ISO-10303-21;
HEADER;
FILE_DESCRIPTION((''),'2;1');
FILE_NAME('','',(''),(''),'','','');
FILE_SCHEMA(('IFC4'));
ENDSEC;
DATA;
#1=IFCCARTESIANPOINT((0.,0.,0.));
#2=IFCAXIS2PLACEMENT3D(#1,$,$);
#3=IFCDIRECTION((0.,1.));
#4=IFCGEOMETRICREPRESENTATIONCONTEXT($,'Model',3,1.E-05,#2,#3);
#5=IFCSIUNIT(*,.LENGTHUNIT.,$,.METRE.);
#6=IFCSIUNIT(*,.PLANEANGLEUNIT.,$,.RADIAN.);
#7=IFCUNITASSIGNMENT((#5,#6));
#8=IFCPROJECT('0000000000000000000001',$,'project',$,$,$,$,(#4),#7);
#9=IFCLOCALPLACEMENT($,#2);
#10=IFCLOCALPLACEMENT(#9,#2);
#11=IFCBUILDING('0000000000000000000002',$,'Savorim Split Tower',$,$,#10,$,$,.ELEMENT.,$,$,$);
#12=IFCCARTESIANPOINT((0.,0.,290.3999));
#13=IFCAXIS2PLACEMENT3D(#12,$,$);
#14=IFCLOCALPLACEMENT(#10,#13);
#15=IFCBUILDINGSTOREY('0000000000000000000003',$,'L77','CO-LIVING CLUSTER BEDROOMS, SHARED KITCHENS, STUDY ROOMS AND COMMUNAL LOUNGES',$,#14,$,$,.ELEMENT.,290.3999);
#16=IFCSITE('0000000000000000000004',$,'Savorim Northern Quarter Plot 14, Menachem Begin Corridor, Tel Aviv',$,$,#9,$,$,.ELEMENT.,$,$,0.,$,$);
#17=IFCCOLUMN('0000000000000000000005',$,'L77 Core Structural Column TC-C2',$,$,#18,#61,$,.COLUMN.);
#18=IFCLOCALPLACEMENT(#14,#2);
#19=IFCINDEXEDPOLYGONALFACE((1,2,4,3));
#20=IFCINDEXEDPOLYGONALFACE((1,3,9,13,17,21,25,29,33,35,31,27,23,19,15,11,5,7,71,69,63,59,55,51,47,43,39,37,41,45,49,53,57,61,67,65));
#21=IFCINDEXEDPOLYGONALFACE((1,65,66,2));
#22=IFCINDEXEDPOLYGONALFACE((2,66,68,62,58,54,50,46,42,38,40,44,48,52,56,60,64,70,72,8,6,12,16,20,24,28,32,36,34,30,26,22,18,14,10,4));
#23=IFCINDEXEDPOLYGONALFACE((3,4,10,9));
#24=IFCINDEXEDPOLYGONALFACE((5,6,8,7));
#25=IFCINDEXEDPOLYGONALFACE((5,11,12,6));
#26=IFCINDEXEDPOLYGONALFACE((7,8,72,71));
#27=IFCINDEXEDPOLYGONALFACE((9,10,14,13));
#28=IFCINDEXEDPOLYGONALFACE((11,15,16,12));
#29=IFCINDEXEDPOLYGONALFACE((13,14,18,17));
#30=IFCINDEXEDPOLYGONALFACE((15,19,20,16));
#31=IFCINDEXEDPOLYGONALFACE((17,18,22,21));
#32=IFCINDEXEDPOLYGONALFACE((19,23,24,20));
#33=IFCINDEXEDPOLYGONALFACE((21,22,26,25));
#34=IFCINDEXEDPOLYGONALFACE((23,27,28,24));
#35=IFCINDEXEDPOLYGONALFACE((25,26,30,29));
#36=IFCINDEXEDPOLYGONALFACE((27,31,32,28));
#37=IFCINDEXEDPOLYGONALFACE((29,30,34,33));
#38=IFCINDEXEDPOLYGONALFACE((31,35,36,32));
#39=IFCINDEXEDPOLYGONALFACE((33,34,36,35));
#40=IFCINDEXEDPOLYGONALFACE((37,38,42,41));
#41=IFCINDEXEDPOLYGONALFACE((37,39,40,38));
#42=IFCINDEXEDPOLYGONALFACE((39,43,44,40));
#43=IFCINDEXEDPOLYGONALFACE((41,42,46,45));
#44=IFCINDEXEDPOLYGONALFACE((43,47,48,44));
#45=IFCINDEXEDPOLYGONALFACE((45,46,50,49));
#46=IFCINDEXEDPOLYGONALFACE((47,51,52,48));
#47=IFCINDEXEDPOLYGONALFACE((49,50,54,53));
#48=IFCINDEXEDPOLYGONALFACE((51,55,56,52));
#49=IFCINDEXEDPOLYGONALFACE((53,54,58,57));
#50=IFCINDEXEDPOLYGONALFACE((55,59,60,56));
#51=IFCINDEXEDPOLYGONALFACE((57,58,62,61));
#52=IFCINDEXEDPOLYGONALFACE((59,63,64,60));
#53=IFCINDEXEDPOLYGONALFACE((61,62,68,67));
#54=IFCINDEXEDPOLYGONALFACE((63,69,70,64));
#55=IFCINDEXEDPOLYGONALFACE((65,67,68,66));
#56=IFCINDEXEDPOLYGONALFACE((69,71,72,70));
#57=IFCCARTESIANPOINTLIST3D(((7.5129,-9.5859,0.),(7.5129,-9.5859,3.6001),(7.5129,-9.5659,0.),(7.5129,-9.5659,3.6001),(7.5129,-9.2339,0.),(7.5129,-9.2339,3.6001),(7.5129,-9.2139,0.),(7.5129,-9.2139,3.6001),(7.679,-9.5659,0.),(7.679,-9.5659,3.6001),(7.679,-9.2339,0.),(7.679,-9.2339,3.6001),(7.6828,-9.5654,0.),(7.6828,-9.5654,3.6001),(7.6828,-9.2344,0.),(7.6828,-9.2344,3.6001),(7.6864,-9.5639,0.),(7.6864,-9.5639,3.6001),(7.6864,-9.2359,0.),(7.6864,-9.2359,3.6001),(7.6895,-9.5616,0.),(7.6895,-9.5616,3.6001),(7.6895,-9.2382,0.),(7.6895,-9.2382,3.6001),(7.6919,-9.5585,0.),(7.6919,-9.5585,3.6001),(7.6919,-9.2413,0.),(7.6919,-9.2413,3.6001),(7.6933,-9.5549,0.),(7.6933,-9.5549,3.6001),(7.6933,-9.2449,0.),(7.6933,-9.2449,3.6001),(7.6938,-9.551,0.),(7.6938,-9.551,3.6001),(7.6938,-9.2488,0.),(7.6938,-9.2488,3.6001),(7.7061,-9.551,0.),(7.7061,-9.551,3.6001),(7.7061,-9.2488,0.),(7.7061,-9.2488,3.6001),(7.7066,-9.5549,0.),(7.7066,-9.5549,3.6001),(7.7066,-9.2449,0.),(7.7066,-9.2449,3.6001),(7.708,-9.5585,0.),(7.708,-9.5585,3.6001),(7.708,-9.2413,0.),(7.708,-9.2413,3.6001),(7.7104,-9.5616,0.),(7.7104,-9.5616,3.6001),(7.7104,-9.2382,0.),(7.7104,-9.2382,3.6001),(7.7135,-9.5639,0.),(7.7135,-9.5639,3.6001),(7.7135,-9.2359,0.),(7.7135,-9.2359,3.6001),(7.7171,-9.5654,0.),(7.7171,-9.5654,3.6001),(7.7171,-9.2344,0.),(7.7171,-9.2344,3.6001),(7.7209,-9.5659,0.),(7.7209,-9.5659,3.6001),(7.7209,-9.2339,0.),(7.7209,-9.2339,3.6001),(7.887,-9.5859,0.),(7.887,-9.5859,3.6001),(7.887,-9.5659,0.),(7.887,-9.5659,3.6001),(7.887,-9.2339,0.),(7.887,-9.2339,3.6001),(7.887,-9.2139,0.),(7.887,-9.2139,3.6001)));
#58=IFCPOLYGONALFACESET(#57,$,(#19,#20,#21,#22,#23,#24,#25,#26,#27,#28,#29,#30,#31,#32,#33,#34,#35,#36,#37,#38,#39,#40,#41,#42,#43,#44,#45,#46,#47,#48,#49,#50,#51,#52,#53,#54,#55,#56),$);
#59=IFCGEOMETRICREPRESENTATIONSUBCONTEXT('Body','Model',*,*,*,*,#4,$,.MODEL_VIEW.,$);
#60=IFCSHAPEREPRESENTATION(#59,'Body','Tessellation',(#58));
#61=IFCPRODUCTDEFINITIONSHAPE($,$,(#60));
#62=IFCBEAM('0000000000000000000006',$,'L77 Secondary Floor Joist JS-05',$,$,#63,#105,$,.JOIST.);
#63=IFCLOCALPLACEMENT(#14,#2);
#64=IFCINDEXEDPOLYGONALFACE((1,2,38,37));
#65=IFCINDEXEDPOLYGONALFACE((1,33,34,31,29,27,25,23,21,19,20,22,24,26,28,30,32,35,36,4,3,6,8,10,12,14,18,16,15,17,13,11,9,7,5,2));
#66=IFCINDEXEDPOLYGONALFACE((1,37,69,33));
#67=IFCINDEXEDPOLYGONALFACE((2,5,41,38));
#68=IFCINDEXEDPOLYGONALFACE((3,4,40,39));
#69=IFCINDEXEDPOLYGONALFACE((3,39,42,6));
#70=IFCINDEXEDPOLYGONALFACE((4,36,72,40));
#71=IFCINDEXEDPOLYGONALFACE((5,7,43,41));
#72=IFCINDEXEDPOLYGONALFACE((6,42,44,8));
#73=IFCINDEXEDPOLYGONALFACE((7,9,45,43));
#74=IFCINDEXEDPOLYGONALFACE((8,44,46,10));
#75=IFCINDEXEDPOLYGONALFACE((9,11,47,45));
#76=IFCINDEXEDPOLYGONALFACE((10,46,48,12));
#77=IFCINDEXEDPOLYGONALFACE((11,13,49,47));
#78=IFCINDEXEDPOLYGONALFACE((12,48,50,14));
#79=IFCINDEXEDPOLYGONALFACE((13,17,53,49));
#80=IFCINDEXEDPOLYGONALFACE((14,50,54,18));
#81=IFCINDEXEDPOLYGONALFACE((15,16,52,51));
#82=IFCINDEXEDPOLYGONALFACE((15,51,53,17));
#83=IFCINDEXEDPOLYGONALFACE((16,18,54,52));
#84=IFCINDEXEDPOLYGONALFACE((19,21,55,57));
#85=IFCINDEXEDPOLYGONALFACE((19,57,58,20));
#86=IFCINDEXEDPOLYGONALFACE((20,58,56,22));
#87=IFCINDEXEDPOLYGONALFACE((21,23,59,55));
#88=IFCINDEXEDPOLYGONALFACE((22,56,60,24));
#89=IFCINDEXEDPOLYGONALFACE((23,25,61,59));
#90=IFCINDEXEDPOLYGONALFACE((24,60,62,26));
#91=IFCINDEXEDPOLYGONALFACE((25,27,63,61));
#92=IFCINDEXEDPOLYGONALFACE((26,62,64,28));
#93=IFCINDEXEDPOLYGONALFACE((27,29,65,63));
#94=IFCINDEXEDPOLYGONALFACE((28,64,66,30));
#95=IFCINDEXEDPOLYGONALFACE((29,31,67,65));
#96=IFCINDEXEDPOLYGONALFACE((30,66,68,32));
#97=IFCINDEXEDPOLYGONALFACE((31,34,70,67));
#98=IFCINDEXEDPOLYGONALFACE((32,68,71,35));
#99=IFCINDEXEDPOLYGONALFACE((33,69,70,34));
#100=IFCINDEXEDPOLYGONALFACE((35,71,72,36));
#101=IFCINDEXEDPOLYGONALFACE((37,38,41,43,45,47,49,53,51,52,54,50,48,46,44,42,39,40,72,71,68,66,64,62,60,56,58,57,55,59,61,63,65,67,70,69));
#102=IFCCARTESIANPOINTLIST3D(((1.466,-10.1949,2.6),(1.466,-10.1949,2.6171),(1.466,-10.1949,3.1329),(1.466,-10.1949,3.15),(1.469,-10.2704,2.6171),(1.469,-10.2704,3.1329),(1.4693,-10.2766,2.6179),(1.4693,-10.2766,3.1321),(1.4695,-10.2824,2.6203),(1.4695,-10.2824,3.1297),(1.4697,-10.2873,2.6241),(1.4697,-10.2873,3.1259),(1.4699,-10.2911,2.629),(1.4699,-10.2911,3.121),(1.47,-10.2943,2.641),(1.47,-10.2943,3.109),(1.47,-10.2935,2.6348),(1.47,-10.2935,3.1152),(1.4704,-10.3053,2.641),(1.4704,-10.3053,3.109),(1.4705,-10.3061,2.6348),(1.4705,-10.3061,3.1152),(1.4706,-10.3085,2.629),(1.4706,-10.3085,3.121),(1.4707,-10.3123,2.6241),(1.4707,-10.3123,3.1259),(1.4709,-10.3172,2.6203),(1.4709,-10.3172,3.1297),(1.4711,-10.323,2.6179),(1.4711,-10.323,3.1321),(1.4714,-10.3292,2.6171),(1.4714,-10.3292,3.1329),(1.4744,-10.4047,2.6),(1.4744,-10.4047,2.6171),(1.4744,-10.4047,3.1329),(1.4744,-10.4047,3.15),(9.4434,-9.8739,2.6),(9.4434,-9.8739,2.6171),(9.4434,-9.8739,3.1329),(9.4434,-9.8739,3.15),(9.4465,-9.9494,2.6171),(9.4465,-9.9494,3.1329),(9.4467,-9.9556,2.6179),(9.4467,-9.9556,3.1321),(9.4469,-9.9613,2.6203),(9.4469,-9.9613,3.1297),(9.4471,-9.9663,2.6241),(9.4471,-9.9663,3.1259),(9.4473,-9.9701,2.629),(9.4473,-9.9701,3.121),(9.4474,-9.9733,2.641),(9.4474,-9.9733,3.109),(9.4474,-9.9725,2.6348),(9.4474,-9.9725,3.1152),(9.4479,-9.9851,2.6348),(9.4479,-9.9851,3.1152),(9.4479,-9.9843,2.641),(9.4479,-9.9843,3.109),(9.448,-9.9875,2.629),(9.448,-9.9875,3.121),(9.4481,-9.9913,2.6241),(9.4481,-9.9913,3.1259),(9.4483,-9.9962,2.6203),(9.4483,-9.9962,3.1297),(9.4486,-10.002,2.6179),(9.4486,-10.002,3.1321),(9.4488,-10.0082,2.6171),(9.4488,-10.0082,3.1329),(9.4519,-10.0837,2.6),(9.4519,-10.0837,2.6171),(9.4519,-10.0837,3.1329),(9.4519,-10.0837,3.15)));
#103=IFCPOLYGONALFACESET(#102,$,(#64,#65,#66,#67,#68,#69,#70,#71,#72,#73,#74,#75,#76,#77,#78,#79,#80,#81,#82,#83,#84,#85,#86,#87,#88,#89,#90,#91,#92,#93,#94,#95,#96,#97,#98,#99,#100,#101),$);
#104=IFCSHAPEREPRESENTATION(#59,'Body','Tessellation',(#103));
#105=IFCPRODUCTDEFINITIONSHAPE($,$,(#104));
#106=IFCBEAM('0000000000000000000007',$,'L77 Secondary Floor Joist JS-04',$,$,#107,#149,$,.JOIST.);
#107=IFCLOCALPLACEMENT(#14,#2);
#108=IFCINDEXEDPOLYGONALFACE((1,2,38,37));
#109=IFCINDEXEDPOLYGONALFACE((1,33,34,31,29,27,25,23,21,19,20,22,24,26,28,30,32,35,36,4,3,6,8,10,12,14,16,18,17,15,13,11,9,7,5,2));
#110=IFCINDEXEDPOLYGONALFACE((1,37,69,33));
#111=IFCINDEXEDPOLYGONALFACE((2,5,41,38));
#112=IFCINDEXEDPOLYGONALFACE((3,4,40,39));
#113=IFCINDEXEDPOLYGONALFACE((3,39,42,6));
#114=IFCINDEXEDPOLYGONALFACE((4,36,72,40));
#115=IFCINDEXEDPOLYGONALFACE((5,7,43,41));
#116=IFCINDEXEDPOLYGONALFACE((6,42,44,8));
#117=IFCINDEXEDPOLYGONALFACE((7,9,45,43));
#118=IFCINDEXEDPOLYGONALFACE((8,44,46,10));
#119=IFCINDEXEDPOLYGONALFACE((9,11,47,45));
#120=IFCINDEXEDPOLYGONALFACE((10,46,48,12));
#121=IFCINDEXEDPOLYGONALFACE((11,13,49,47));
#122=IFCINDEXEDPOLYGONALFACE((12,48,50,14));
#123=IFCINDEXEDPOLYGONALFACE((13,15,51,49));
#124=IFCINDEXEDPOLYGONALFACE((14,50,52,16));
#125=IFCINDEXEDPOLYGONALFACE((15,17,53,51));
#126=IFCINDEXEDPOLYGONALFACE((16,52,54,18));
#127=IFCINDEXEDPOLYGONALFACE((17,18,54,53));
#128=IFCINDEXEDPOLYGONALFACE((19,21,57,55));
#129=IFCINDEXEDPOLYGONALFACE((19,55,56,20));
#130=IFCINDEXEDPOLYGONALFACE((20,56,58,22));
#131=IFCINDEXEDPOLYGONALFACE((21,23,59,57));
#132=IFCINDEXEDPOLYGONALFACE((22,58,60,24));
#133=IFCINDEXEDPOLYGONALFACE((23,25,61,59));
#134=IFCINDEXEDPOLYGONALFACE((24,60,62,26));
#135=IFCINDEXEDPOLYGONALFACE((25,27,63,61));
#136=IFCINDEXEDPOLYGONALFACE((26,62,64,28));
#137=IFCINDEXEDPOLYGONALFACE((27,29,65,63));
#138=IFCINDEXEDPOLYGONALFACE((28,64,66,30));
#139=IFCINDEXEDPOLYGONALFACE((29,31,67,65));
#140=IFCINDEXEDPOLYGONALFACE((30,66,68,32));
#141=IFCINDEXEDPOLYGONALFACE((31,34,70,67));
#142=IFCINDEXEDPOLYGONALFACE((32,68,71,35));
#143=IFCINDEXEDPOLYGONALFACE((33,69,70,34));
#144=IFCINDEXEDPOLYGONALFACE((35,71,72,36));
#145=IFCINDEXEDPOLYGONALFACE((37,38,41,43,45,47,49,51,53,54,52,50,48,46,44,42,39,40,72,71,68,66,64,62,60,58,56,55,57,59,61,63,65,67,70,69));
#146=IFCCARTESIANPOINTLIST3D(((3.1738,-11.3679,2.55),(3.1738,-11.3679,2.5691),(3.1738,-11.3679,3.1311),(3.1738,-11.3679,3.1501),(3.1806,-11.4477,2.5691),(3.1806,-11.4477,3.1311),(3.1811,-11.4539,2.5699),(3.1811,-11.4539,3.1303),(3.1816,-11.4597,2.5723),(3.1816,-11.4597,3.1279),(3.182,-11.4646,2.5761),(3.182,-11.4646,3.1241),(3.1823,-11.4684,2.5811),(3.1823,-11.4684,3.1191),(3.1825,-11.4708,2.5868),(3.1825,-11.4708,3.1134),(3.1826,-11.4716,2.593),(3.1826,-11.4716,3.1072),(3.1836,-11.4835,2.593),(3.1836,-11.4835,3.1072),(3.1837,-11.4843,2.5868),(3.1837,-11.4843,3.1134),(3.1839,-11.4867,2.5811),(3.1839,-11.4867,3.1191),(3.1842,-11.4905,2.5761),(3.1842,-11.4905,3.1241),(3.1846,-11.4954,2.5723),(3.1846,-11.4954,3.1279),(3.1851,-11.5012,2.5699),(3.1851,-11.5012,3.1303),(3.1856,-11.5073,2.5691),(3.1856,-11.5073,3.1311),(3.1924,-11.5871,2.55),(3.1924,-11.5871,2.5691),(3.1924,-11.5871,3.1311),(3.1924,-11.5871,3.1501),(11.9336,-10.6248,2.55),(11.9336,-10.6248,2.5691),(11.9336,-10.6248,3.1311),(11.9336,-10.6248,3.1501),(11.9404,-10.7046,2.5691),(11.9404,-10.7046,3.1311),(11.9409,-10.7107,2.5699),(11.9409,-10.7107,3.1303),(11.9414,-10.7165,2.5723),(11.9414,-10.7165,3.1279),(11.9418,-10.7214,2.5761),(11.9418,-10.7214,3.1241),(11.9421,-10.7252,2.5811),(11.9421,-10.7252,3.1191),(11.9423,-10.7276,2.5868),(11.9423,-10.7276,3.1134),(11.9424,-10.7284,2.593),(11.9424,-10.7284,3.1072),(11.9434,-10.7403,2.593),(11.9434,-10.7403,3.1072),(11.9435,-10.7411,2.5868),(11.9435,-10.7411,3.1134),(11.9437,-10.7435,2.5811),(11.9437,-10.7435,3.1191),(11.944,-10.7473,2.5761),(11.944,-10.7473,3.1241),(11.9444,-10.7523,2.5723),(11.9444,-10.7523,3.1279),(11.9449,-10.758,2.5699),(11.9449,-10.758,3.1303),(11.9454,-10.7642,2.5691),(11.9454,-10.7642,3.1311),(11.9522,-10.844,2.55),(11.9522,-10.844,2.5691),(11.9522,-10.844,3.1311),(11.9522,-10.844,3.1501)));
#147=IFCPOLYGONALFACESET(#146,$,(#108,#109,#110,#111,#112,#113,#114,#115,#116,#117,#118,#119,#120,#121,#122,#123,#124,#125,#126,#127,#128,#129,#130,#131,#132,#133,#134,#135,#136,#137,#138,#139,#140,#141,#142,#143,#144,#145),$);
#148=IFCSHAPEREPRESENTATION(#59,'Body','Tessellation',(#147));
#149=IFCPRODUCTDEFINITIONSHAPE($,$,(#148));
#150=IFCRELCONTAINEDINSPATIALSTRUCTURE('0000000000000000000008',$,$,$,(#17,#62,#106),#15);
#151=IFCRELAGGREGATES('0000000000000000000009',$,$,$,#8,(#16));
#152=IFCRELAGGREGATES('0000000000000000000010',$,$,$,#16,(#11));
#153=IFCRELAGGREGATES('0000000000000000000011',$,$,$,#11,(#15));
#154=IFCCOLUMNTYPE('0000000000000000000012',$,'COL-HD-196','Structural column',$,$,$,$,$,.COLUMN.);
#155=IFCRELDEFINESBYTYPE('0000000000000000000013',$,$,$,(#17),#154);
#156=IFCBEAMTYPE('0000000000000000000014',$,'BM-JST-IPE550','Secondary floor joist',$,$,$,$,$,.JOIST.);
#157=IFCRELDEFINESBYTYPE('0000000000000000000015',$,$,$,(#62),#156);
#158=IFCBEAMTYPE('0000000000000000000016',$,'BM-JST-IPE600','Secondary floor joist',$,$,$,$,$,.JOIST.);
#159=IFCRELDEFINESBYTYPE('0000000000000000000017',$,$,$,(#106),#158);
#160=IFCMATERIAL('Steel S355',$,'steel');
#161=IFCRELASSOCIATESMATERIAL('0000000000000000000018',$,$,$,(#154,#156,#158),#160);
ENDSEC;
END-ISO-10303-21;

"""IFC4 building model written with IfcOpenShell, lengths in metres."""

from ifc_helpers import new_model, si_unit, direction, frame, origin, origin_2d, place, context, subcontext, project, spatial, i_section, extrude, material, material_profile, profile_set, type_object, element, save


model = new_model("IFC4")

# Units and contexts
model_context = context("Model", 3, precision=1e-05, world=origin(), true_north=direction((0.0, 1.0)))
body_context = subcontext(model_context, "Body", "Model", "MODEL_VIEW")
ifc_project = project(units=[si_unit("LENGTHUNIT", "METRE"), si_unit("PLANEANGLEUNIT", "RADIAN")], contexts=[model_context])

# Site, building, storey
site_placement = place(None, origin())
site = spatial("IfcSite", under=ifc_project, at=site_placement, Name="Savorim Northern Quarter Plot 14, Menachem Begin Corridor, Tel Aviv", CompositionType="ELEMENT", RefElevation=0.0)
building_placement = place(site_placement, origin())
building = spatial("IfcBuilding", under=site, at=building_placement, Name="Savorim Split Tower", CompositionType="ELEMENT")
storey_placement = place(building_placement, frame((0.0, 0.0, 290.3999)))
storey = spatial("IfcBuildingStorey", under=building, at=storey_placement, Name="L77", Description="CO-LIVING CLUSTER BEDROOMS, SHARED KITCHENS, STUDY ROOMS AND COMMUNAL LOUNGES", CompositionType="ELEMENT", Elevation=290.3999)

# Column
ifc_material_1 = material(Name="Steel S355", Category="steel")
ifc_material_profile_1 = material_profile(ifc_material_1, i_section(OverallWidth=0.374, OverallDepth=0.3721, WebThickness=0.0122, FlangeThickness=0.02, FilletRadius=0.0149, at=origin_2d()), Name="HD 360x196")
ifc_profile_set_1 = profile_set([ifc_material_profile_1], Name="Steel S355")
column_type = type_object("IfcColumnType", Name="COL-HD-196", Description="Structural column", PredefinedType="COLUMN", material=ifc_profile_set_1)
column_placement = place(storey_placement, frame((7.7, -9.3999, 0.0), z_axis=(0.0, 0.0, 1.0), x_axis=(1.0, 0.0, 0.0)))
element("IfcColumn", 1, at=column_placement, inside=storey, type_object=column_type, Name="L77 Core Structural Column TC-C2", PredefinedType="COLUMN", context=body_context, shape_type="SweptSolid", body=[
    extrude(i_section(OverallWidth=0.374, OverallDepth=0.3721, WebThickness=0.0122, FlangeThickness=0.02, FilletRadius=0.0149, at=origin_2d()), origin(), (0.0, 0.0, 1.0), 3.6001),
])

# Beams
ifc_material_profile_2 = material_profile(ifc_material_1, i_section(OverallWidth=0.21, OverallDepth=0.55, WebThickness=0.011, FlangeThickness=0.0171, FilletRadius=0.0239, at=origin_2d()), Name="IPE 550")
ifc_profile_set_2 = profile_set([ifc_material_profile_2], Name="Steel S355")
beam_type_1 = type_object("IfcBeamType", Name="BM-JST-IPE550", Description="Secondary floor joist", PredefinedType="JOIST", material=ifc_profile_set_2)
beam_1_placement = place(storey_placement, frame((1.4702, -10.2998, 2.875), z_axis=(0.999191, 0.040211, 0.0), x_axis=(-0.040211, 0.999191, 0.0)))
element("IfcBeam", 2, at=beam_1_placement, inside=storey, type_object=beam_type_1, Name="L77 Secondary Floor Joist JS-05", PredefinedType="JOIST", context=body_context, shape_type="SweptSolid", body=[
    extrude(i_section(OverallWidth=0.21, OverallDepth=0.55, WebThickness=0.011, FlangeThickness=0.0171, FilletRadius=0.0239, at=origin_2d()), origin(), (0.0, 0.0, 1.0), 7.9839),
])
ifc_material_profile_3 = material_profile(ifc_material_1, i_section(OverallWidth=0.22, OverallDepth=0.6001, WebThickness=0.012, FlangeThickness=0.019, FilletRadius=0.0239, at=origin_2d()), Name="IPE 600")
ifc_profile_set_3 = profile_set([ifc_material_profile_3], Name="Steel S355")
beam_type_2 = type_object("IfcBeamType", Name="BM-JST-IPE600", Description="Secondary floor joist", PredefinedType="JOIST", material=ifc_profile_set_3)
beam_2_placement = place(storey_placement, frame((3.1831, -11.4775, 2.8501), z_axis=(0.996421, 0.084535, 0.0), x_axis=(-0.084535, 0.996421, 0.0)))
element("IfcBeam", 3, at=beam_2_placement, inside=storey, type_object=beam_type_2, Name="L77 Secondary Floor Joist JS-04", PredefinedType="JOIST", context=body_context, shape_type="SweptSolid", body=[
    extrude(i_section(OverallWidth=0.22, OverallDepth=0.6001, WebThickness=0.012, FlangeThickness=0.019, FilletRadius=0.0239, at=origin_2d()), origin(), (0.0, 0.0, 1.0), 8.7913),
])

save(model, "model.ifc")
